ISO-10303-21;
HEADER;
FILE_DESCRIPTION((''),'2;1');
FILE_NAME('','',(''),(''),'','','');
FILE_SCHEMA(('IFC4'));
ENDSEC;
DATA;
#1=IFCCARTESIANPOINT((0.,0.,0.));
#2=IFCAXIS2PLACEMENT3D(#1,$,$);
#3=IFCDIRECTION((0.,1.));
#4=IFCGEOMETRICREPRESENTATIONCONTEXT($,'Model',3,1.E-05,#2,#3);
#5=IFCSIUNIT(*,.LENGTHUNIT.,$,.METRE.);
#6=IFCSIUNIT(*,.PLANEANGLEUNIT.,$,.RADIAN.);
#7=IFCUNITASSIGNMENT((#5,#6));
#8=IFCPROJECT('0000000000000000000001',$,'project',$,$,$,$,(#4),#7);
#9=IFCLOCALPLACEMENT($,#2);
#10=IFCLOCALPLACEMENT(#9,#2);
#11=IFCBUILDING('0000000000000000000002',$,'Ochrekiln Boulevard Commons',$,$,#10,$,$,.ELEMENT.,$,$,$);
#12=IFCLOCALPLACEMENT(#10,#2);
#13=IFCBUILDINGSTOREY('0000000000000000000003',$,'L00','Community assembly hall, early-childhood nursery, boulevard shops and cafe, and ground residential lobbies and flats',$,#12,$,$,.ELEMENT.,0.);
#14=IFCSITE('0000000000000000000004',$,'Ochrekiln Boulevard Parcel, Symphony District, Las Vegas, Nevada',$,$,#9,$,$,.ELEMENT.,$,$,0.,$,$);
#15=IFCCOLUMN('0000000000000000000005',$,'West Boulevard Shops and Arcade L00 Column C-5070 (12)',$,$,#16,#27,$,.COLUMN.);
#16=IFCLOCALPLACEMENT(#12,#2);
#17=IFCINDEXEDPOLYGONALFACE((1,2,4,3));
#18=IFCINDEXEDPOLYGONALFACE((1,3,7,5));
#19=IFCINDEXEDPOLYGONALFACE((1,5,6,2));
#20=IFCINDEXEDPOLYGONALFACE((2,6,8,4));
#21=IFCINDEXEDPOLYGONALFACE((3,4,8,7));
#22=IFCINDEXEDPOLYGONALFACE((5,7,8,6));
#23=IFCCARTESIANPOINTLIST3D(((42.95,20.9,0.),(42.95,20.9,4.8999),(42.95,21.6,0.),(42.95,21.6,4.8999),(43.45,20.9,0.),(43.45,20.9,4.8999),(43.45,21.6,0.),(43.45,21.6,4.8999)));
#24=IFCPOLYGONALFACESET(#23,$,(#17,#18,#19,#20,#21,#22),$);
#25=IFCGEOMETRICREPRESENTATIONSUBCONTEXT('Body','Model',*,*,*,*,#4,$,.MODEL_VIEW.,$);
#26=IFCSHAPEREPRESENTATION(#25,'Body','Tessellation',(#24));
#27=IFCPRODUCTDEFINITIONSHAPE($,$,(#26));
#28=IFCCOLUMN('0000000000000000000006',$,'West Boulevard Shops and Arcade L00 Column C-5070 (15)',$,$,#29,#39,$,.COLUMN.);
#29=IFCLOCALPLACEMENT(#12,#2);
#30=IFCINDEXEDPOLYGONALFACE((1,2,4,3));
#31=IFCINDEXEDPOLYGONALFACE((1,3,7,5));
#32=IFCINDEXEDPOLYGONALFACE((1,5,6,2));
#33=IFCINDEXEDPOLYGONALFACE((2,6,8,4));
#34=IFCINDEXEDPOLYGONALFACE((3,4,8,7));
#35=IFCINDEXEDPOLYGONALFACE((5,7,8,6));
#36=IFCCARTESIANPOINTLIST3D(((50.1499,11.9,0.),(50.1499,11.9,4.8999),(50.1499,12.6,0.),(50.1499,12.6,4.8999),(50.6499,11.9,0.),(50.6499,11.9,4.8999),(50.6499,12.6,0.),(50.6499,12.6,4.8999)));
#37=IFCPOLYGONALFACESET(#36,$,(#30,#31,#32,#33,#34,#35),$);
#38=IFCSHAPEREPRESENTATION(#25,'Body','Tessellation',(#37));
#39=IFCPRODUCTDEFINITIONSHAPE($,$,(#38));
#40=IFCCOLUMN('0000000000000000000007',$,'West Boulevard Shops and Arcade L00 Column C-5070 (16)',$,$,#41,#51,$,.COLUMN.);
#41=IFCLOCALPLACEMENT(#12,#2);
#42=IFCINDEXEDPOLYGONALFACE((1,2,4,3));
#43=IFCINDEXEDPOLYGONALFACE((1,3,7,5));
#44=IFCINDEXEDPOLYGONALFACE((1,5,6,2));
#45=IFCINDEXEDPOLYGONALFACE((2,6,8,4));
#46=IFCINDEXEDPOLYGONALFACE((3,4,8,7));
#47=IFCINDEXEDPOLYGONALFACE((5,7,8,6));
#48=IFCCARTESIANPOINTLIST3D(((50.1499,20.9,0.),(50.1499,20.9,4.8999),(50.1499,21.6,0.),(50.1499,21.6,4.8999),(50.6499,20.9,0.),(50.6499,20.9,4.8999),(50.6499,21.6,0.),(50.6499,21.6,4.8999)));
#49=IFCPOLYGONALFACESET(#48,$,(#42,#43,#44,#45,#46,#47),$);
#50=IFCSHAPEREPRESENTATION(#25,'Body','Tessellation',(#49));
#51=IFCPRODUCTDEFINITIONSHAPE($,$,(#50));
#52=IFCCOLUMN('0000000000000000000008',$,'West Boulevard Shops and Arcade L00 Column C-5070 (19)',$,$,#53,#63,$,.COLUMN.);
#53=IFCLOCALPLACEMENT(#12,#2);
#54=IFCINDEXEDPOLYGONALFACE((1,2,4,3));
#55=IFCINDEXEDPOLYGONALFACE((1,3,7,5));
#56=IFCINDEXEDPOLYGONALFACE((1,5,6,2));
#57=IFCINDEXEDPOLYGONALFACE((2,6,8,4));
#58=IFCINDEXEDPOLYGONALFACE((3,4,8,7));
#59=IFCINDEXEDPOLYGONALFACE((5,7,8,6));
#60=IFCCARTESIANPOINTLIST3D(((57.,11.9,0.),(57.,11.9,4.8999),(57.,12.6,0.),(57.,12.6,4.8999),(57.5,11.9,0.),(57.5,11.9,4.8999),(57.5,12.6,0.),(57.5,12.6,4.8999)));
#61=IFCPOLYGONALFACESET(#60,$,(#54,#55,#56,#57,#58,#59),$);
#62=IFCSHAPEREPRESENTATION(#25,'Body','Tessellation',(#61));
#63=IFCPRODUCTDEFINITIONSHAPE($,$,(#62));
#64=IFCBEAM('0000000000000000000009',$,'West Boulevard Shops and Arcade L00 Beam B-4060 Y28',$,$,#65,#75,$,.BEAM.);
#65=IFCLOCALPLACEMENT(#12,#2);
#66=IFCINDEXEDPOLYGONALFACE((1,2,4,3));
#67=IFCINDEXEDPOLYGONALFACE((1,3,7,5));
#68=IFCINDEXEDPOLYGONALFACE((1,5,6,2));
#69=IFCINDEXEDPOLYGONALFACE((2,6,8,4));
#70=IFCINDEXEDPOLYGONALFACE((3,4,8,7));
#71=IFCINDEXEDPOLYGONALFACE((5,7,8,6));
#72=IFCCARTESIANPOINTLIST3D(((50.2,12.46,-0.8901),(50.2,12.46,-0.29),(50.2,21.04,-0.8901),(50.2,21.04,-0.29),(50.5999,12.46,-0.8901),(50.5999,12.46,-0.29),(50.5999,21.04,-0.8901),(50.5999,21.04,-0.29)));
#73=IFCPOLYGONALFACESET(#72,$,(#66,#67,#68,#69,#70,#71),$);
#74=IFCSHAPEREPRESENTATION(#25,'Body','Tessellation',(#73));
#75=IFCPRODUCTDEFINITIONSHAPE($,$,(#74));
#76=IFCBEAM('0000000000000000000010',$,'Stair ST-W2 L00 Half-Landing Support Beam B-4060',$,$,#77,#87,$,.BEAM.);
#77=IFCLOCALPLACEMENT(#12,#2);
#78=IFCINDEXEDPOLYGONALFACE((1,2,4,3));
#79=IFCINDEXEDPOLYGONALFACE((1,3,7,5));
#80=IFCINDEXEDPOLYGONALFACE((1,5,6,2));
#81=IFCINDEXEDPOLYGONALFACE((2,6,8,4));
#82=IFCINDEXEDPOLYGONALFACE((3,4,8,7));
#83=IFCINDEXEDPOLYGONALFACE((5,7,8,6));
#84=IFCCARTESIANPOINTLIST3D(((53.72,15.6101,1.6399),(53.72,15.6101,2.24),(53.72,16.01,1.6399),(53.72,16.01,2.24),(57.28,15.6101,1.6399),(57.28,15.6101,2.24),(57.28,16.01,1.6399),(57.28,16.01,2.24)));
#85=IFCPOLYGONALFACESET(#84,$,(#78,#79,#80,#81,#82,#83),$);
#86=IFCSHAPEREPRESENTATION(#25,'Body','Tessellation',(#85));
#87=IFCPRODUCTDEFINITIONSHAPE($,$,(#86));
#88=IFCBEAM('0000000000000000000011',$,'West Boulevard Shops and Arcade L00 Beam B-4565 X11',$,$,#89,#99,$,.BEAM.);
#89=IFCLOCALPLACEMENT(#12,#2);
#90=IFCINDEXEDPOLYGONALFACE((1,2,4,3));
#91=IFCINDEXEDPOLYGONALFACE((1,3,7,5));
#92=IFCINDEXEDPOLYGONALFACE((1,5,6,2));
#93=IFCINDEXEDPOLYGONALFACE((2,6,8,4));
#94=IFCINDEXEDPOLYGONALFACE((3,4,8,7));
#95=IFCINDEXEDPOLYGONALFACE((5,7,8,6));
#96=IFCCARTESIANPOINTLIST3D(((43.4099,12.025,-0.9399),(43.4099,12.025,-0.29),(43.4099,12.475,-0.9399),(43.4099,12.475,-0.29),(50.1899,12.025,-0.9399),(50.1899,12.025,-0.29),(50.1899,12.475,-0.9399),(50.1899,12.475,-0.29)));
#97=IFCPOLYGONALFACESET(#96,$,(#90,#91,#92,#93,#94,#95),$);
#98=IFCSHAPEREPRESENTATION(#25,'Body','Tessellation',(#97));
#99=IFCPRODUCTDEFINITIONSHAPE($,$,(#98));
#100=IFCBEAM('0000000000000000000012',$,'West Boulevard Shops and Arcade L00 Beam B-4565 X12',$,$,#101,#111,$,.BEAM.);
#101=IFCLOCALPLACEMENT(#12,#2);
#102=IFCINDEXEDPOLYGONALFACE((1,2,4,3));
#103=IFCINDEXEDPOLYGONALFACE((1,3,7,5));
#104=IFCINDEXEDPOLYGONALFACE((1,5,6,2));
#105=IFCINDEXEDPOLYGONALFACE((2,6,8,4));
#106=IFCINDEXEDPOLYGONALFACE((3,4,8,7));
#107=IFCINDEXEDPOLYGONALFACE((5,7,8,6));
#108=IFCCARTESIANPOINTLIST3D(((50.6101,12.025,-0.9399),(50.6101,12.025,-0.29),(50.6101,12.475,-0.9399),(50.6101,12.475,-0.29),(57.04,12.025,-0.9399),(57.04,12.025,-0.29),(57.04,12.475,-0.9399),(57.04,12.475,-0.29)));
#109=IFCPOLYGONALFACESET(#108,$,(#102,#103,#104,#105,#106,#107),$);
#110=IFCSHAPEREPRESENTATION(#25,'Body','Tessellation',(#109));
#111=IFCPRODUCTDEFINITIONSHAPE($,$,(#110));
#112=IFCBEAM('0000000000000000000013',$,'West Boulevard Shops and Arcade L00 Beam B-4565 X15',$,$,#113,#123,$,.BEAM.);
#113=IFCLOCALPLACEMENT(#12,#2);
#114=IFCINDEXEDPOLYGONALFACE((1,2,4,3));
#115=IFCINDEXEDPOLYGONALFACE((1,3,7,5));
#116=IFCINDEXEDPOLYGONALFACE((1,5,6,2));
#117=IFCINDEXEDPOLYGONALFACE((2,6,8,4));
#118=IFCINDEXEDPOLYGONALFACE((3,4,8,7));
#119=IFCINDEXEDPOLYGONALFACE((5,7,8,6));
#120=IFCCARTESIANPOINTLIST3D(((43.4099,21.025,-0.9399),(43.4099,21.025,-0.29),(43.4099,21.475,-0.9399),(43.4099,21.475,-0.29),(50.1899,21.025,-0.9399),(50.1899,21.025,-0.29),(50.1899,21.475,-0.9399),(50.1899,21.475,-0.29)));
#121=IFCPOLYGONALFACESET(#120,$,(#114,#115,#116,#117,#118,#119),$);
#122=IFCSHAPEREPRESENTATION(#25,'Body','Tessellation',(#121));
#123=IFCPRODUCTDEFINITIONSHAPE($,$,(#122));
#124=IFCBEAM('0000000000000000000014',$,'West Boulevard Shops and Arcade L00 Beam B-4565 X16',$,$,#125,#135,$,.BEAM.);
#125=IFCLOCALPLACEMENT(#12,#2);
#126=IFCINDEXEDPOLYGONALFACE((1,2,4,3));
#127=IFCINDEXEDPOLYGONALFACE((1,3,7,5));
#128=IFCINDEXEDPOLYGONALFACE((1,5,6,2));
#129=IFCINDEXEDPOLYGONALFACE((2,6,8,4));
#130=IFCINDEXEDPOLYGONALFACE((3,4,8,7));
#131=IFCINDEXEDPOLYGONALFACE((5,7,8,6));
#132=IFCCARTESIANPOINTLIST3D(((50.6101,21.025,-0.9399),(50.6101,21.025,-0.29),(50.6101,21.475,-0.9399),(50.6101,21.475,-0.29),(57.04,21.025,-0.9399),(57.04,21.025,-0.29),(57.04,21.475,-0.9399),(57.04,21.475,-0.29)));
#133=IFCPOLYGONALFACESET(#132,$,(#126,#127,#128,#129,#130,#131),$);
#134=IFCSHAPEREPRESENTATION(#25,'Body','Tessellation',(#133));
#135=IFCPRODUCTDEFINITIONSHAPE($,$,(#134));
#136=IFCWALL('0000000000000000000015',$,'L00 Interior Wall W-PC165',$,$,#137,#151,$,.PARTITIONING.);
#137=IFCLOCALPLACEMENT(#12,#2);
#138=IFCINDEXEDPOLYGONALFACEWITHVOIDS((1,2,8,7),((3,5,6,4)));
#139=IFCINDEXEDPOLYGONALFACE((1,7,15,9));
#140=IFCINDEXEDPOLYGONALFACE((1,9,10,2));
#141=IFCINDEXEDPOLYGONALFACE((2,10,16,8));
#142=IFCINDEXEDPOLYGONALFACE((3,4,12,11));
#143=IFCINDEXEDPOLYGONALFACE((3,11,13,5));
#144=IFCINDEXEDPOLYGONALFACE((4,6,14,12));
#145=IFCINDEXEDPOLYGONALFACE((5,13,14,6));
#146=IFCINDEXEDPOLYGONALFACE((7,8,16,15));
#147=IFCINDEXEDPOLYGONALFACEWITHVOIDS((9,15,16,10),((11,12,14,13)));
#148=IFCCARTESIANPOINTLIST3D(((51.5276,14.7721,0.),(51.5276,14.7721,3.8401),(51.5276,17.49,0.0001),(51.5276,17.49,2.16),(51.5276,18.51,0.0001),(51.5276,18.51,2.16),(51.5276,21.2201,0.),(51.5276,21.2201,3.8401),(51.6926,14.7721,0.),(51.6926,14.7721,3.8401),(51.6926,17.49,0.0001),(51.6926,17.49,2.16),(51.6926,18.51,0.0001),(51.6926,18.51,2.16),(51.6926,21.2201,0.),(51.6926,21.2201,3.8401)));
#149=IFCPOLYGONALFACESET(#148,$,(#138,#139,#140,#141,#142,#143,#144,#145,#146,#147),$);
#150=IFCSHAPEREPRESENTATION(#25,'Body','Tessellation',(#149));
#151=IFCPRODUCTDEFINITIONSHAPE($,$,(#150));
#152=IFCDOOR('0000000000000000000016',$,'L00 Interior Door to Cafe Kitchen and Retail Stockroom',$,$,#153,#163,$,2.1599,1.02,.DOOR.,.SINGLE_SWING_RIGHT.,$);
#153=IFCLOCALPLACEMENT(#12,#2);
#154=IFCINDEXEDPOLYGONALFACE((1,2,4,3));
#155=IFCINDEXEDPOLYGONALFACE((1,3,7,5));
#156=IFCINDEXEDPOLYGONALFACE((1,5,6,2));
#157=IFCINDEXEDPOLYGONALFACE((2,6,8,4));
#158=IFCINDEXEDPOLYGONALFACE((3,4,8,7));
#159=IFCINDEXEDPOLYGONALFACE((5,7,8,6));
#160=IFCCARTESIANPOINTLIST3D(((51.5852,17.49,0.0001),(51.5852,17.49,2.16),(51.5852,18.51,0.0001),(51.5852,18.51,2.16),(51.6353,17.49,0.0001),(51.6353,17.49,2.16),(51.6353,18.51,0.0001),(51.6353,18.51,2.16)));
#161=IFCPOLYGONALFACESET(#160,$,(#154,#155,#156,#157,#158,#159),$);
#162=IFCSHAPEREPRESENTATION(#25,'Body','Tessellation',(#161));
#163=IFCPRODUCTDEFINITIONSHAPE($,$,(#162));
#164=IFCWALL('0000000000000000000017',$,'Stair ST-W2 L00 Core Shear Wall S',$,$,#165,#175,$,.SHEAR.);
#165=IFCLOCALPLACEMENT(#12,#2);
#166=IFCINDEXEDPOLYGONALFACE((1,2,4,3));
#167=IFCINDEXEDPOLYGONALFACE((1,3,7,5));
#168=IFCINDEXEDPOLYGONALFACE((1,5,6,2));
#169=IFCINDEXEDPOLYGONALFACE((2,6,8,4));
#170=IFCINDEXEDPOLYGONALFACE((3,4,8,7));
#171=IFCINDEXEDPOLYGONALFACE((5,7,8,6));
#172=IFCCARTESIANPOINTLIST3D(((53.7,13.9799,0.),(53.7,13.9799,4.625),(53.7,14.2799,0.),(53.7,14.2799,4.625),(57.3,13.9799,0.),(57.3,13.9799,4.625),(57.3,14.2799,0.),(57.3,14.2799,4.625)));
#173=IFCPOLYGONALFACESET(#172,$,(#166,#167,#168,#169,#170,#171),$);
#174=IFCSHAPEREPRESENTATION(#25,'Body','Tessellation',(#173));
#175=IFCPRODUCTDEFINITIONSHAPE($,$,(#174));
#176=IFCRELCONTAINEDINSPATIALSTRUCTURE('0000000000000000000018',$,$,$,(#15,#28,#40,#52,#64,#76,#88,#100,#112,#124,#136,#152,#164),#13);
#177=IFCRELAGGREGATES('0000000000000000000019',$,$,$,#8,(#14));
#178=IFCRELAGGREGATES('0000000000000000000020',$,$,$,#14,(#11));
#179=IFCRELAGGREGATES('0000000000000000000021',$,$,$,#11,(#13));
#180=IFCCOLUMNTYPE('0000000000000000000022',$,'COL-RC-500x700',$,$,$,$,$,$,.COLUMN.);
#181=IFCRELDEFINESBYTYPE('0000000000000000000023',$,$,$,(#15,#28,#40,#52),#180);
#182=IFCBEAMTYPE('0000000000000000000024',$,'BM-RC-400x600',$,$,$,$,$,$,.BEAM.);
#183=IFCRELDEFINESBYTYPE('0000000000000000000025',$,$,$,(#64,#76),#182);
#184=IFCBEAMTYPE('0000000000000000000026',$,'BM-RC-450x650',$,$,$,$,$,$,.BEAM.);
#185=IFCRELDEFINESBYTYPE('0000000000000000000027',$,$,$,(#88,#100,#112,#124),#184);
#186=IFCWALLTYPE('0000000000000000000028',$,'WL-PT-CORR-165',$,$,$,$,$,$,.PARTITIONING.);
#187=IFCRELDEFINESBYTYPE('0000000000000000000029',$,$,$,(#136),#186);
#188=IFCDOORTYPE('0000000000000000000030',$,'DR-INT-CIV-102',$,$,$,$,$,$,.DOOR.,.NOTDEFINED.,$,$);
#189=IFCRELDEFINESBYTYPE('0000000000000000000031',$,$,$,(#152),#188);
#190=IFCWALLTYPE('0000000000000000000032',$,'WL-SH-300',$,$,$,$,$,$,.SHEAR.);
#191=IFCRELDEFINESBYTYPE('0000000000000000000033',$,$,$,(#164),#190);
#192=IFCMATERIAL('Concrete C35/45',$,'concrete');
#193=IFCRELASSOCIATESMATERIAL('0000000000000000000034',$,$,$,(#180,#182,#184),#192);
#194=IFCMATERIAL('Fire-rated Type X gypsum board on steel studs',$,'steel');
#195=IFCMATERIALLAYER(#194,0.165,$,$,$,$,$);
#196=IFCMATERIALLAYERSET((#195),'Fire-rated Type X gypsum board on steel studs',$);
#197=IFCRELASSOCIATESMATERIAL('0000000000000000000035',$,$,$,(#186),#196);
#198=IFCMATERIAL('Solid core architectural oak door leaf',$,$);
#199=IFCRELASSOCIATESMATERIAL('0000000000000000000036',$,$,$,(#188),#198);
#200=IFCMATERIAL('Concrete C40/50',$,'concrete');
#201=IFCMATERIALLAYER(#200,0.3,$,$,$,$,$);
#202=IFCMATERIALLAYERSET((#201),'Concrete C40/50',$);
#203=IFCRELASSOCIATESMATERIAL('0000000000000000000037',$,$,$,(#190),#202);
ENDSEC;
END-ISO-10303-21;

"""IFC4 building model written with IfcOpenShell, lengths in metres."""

from ifc_helpers import new_model, si_unit, direction, frame, frame_2d, origin, origin_2d, place, context, subcontext, project, spatial, rectangle, extrude, material, layer, layer_set, material_profile, profile_set, type_object, element, fill, save


model = new_model("IFC4")

# Units and contexts
model_context = context("Model", 3, precision=1e-05, world=origin(), true_north=direction((0.0, 1.0)))
body_context = subcontext(model_context, "Body", "Model", "MODEL_VIEW")
ifc_project = project(units=[si_unit("LENGTHUNIT", "METRE"), si_unit("PLANEANGLEUNIT", "RADIAN")], contexts=[model_context])

# Site, building, storey
site_placement = place(None, origin())
site = spatial("IfcSite", under=ifc_project, at=site_placement, Name="Ochrekiln Boulevard Parcel, Symphony District, Las Vegas, Nevada", CompositionType="ELEMENT", RefElevation=0.0)
building_placement = place(site_placement, origin())
building = spatial("IfcBuilding", under=site, at=building_placement, Name="Ochrekiln Boulevard Commons", CompositionType="ELEMENT")
storey_placement = place(building_placement, origin())
storey = spatial("IfcBuildingStorey", under=building, at=storey_placement, Name="L00", Description="Community assembly hall, early-childhood nursery, boulevard shops and cafe, and ground residential lobbies and flats", CompositionType="ELEMENT", Elevation=0.0)

# Columns
ifc_material_1 = material(Name="Concrete C35/45", Category="concrete")
ifc_material_profile_1 = material_profile(ifc_material_1, rectangle(XDim=0.5, YDim=0.7, at=origin_2d()), Name="RC-COL-500x700")
ifc_profile_set_1 = profile_set([ifc_material_profile_1], Name="Concrete C35/45")
column_type = type_object("IfcColumnType", Name="COL-RC-500x700", PredefinedType="COLUMN", material=ifc_profile_set_1)
for number, where, z_axis, x_axis, name in (
    (1, (43.2, 21.25, 0.0), (0.0, 0.0, 1.0), (1.0, 0.0, 0.0), "West Boulevard Shops and Arcade L00 Column C-5070 (12)"),
    (2, (50.3999, 12.25, 0.0), (0.0, 0.0, 1.0), (1.0, 0.0, 0.0), "West Boulevard Shops and Arcade L00 Column C-5070 (15)"),
    (3, (50.3999, 21.25, 0.0), (0.0, 0.0, 1.0), (1.0, 0.0, 0.0), "West Boulevard Shops and Arcade L00 Column C-5070 (16)"),
    (4, (57.25, 12.25, 0.0), (0.0, 0.0, 1.0), (1.0, 0.0, 0.0), "West Boulevard Shops and Arcade L00 Column C-5070 (19)"),
):
    element("IfcColumn", number, at=place(storey_placement, frame(where, z_axis=z_axis, x_axis=x_axis)), inside=storey, type_object=column_type, Name=name, PredefinedType="COLUMN", context=body_context, shape_type="SweptSolid", body=[
        extrude(rectangle(XDim=0.5, YDim=0.7, at=origin_2d()), origin(), (0.0, 0.0, 1.0), 4.8999),
    ])

# Beams
ifc_material_profile_2 = material_profile(ifc_material_1, rectangle(XDim=0.3999, YDim=0.6001, at=origin_2d()), Name="RC-BM-400x600")
ifc_profile_set_2 = profile_set([ifc_material_profile_2], Name="Concrete C35/45")
beam_type_1 = type_object("IfcBeamType", Name="BM-RC-400x600", PredefinedType="BEAM", material=ifc_profile_set_2)
beam_1_placement = place(storey_placement, frame((50.3999, 12.46, -0.5901), z_axis=(0.0, 1.0, 0.0), x_axis=(-1.0, 0.0, 0.0)))
element("IfcBeam", 5, at=beam_1_placement, inside=storey, type_object=beam_type_1, Name="West Boulevard Shops and Arcade L00 Beam B-4060 Y28", PredefinedType="BEAM", context=body_context, shape_type="SweptSolid", body=[
    extrude(rectangle(XDim=0.3999, YDim=0.6001, at=origin_2d()), origin(), (0.0, 0.0, 1.0), 8.5801),
])
beam_2_placement = place(storey_placement, frame((53.72, 15.8101, 1.9399), z_axis=(1.0, 0.0, 0.0), x_axis=(0.0, 1.0, 0.0)))
element("IfcBeam", 6, at=beam_2_placement, inside=storey, type_object=beam_type_1, Name="Stair ST-W2 L00 Half-Landing Support Beam B-4060", PredefinedType="BEAM", context=body_context, shape_type="SweptSolid", body=[
    extrude(rectangle(XDim=0.3999, YDim=0.6001, at=origin_2d()), origin(), (0.0, 0.0, 1.0), 3.5601),
])
ifc_material_profile_3 = material_profile(ifc_material_1, rectangle(XDim=0.45, YDim=0.6499, at=origin_2d()), Name="RC-BM-450x650")
ifc_profile_set_3 = profile_set([ifc_material_profile_3], Name="Concrete C35/45")
beam_type_2 = type_object("IfcBeamType", Name="BM-RC-450x650", PredefinedType="BEAM", material=ifc_profile_set_3)
beam_3_placement = place(storey_placement, frame((43.4099, 12.25, -0.615), z_axis=(1.0, 0.0, 0.0), x_axis=(0.0, 1.0, 0.0)))
element("IfcBeam", 7, at=beam_3_placement, inside=storey, type_object=beam_type_2, Name="West Boulevard Shops and Arcade L00 Beam B-4565 X11", PredefinedType="BEAM", context=body_context, shape_type="SweptSolid", body=[
    extrude(rectangle(XDim=0.45, YDim=0.6499, at=origin_2d()), origin(), (0.0, 0.0, 1.0), 6.78),
])
beam_4_placement = place(storey_placement, frame((50.6101, 12.25, -0.615), z_axis=(1.0, 0.0, 0.0), x_axis=(0.0, 1.0, 0.0)))
element("IfcBeam", 8, at=beam_4_placement, inside=storey, type_object=beam_type_2, Name="West Boulevard Shops and Arcade L00 Beam B-4565 X12", PredefinedType="BEAM", context=body_context, shape_type="SweptSolid", body=[
    extrude(rectangle(XDim=0.45, YDim=0.6499, at=origin_2d()), origin(), (0.0, 0.0, 1.0), 6.4299),
])
beam_5_placement = place(storey_placement, frame((43.4099, 21.25, -0.615), z_axis=(1.0, 0.0, 0.0), x_axis=(0.0, 1.0, 0.0)))
element("IfcBeam", 9, at=beam_5_placement, inside=storey, type_object=beam_type_2, Name="West Boulevard Shops and Arcade L00 Beam B-4565 X15", PredefinedType="BEAM", context=body_context, shape_type="SweptSolid", body=[
    extrude(rectangle(XDim=0.45, YDim=0.6499, at=origin_2d()), origin(), (0.0, 0.0, 1.0), 6.78),
])
beam_6_placement = place(storey_placement, frame((50.6101, 21.25, -0.615), z_axis=(1.0, 0.0, 0.0), x_axis=(0.0, 1.0, 0.0)))
element("IfcBeam", 10, at=beam_6_placement, inside=storey, type_object=beam_type_2, Name="West Boulevard Shops and Arcade L00 Beam B-4565 X16", PredefinedType="BEAM", context=body_context, shape_type="SweptSolid", body=[
    extrude(rectangle(XDim=0.45, YDim=0.6499, at=origin_2d()), origin(), (0.0, 0.0, 1.0), 6.4299),
])

# Wall, opening, door
ifc_material_2 = material(Name="Fire-rated Type X gypsum board on steel studs", Category="steel")
ifc_layer_1 = layer(ifc_material_2, 0.165)
ifc_layer_set_1 = layer_set([ifc_layer_1], Name="Fire-rated Type X gypsum board on steel studs")
wall_type_1 = type_object("IfcWallType", Name="WL-PT-CORR-165", PredefinedType="PARTITIONING", material=ifc_layer_set_1)
wall_1_placement = place(storey_placement, frame((51.6101, 14.772, 0.0), z_axis=(0.0, 0.0, 1.0), x_axis=(0.0, 1.0, 0.0)))
wall_1 = element("IfcWall", 11, at=wall_1_placement, inside=storey, type_object=wall_type_1, Name="L00 Interior Wall W-PC165", PredefinedType="PARTITIONING", context=body_context, shape_type="SweptSolid", body=[
    extrude(rectangle(XDim=6.448, YDim=0.165, at=frame_2d((3.2241, 0.0))), origin(), (0.0, 0.0, 1.0), 3.8401),
])
opening_1_placement = place(wall_1_placement, frame((2.718, 0.0, 0.0)))
opening_1 = element("IfcOpeningElement", 12, at=opening_1_placement, cuts=wall_1, PredefinedType="OPENING", context=body_context, shape_type="SweptSolid", body=[
    extrude(rectangle(XDim=1.02, YDim=2.1599, at=frame_2d((0.51, 1.0801))), frame((0.0, 0.0925, 0.0), z_axis=(0.0, -1.0, 0.0), x_axis=(1.0, 0.0, 0.0)), (0.0, 0.0, 1.0), 0.1851),
])
ifc_material_3 = material(Name="Solid core architectural oak door leaf")
door_type_1 = type_object("IfcDoorType", Name="DR-INT-CIV-102", OperationType="NOTDEFINED", PredefinedType="DOOR", material=ifc_material_3)
door_1_placement = place(opening_1_placement, origin())
door_1 = element("IfcDoor", 13, at=door_1_placement, inside=storey, type_object=door_type_1, Name="L00 Interior Door to Cafe Kitchen and Retail Stockroom", OperationType="SINGLE_SWING_RIGHT", OverallHeight=2.1599, OverallWidth=1.02, PredefinedType="DOOR", context=body_context, shape_type="SweptSolid", body=[
    extrude(rectangle(XDim=1.02, YDim=2.1599, at=frame_2d((0.51, 1.0801))), frame((0.0, 0.0249, 0.0), z_axis=(0.0, -1.0, 0.0), x_axis=(1.0, 0.0, 0.0)), (0.0, 0.0, 1.0), 0.05),
])
fill(opening_1, door_1)

# Wall
ifc_material_4 = material(Name="Concrete C40/50", Category="concrete")
ifc_layer_2 = layer(ifc_material_4, 0.3)
ifc_layer_set_2 = layer_set([ifc_layer_2], Name="Concrete C40/50")
wall_type_2 = type_object("IfcWallType", Name="WL-SH-300", PredefinedType="SHEAR", material=ifc_layer_set_2)
wall_2_placement = place(storey_placement, frame((53.7, 14.1299, 0.0), z_axis=(0.0, 0.0, 1.0), x_axis=(1.0, 0.0, 0.0)))
element("IfcWall", 14, at=wall_2_placement, inside=storey, type_object=wall_type_2, Name="Stair ST-W2 L00 Core Shear Wall S", PredefinedType="SHEAR", context=body_context, shape_type="SweptSolid", body=[
    extrude(rectangle(XDim=3.6001, YDim=0.3, at=frame_2d((1.8, 0.0))), origin(), (0.0, 0.0, 1.0), 4.625),
])

save(model, "model.ifc")
